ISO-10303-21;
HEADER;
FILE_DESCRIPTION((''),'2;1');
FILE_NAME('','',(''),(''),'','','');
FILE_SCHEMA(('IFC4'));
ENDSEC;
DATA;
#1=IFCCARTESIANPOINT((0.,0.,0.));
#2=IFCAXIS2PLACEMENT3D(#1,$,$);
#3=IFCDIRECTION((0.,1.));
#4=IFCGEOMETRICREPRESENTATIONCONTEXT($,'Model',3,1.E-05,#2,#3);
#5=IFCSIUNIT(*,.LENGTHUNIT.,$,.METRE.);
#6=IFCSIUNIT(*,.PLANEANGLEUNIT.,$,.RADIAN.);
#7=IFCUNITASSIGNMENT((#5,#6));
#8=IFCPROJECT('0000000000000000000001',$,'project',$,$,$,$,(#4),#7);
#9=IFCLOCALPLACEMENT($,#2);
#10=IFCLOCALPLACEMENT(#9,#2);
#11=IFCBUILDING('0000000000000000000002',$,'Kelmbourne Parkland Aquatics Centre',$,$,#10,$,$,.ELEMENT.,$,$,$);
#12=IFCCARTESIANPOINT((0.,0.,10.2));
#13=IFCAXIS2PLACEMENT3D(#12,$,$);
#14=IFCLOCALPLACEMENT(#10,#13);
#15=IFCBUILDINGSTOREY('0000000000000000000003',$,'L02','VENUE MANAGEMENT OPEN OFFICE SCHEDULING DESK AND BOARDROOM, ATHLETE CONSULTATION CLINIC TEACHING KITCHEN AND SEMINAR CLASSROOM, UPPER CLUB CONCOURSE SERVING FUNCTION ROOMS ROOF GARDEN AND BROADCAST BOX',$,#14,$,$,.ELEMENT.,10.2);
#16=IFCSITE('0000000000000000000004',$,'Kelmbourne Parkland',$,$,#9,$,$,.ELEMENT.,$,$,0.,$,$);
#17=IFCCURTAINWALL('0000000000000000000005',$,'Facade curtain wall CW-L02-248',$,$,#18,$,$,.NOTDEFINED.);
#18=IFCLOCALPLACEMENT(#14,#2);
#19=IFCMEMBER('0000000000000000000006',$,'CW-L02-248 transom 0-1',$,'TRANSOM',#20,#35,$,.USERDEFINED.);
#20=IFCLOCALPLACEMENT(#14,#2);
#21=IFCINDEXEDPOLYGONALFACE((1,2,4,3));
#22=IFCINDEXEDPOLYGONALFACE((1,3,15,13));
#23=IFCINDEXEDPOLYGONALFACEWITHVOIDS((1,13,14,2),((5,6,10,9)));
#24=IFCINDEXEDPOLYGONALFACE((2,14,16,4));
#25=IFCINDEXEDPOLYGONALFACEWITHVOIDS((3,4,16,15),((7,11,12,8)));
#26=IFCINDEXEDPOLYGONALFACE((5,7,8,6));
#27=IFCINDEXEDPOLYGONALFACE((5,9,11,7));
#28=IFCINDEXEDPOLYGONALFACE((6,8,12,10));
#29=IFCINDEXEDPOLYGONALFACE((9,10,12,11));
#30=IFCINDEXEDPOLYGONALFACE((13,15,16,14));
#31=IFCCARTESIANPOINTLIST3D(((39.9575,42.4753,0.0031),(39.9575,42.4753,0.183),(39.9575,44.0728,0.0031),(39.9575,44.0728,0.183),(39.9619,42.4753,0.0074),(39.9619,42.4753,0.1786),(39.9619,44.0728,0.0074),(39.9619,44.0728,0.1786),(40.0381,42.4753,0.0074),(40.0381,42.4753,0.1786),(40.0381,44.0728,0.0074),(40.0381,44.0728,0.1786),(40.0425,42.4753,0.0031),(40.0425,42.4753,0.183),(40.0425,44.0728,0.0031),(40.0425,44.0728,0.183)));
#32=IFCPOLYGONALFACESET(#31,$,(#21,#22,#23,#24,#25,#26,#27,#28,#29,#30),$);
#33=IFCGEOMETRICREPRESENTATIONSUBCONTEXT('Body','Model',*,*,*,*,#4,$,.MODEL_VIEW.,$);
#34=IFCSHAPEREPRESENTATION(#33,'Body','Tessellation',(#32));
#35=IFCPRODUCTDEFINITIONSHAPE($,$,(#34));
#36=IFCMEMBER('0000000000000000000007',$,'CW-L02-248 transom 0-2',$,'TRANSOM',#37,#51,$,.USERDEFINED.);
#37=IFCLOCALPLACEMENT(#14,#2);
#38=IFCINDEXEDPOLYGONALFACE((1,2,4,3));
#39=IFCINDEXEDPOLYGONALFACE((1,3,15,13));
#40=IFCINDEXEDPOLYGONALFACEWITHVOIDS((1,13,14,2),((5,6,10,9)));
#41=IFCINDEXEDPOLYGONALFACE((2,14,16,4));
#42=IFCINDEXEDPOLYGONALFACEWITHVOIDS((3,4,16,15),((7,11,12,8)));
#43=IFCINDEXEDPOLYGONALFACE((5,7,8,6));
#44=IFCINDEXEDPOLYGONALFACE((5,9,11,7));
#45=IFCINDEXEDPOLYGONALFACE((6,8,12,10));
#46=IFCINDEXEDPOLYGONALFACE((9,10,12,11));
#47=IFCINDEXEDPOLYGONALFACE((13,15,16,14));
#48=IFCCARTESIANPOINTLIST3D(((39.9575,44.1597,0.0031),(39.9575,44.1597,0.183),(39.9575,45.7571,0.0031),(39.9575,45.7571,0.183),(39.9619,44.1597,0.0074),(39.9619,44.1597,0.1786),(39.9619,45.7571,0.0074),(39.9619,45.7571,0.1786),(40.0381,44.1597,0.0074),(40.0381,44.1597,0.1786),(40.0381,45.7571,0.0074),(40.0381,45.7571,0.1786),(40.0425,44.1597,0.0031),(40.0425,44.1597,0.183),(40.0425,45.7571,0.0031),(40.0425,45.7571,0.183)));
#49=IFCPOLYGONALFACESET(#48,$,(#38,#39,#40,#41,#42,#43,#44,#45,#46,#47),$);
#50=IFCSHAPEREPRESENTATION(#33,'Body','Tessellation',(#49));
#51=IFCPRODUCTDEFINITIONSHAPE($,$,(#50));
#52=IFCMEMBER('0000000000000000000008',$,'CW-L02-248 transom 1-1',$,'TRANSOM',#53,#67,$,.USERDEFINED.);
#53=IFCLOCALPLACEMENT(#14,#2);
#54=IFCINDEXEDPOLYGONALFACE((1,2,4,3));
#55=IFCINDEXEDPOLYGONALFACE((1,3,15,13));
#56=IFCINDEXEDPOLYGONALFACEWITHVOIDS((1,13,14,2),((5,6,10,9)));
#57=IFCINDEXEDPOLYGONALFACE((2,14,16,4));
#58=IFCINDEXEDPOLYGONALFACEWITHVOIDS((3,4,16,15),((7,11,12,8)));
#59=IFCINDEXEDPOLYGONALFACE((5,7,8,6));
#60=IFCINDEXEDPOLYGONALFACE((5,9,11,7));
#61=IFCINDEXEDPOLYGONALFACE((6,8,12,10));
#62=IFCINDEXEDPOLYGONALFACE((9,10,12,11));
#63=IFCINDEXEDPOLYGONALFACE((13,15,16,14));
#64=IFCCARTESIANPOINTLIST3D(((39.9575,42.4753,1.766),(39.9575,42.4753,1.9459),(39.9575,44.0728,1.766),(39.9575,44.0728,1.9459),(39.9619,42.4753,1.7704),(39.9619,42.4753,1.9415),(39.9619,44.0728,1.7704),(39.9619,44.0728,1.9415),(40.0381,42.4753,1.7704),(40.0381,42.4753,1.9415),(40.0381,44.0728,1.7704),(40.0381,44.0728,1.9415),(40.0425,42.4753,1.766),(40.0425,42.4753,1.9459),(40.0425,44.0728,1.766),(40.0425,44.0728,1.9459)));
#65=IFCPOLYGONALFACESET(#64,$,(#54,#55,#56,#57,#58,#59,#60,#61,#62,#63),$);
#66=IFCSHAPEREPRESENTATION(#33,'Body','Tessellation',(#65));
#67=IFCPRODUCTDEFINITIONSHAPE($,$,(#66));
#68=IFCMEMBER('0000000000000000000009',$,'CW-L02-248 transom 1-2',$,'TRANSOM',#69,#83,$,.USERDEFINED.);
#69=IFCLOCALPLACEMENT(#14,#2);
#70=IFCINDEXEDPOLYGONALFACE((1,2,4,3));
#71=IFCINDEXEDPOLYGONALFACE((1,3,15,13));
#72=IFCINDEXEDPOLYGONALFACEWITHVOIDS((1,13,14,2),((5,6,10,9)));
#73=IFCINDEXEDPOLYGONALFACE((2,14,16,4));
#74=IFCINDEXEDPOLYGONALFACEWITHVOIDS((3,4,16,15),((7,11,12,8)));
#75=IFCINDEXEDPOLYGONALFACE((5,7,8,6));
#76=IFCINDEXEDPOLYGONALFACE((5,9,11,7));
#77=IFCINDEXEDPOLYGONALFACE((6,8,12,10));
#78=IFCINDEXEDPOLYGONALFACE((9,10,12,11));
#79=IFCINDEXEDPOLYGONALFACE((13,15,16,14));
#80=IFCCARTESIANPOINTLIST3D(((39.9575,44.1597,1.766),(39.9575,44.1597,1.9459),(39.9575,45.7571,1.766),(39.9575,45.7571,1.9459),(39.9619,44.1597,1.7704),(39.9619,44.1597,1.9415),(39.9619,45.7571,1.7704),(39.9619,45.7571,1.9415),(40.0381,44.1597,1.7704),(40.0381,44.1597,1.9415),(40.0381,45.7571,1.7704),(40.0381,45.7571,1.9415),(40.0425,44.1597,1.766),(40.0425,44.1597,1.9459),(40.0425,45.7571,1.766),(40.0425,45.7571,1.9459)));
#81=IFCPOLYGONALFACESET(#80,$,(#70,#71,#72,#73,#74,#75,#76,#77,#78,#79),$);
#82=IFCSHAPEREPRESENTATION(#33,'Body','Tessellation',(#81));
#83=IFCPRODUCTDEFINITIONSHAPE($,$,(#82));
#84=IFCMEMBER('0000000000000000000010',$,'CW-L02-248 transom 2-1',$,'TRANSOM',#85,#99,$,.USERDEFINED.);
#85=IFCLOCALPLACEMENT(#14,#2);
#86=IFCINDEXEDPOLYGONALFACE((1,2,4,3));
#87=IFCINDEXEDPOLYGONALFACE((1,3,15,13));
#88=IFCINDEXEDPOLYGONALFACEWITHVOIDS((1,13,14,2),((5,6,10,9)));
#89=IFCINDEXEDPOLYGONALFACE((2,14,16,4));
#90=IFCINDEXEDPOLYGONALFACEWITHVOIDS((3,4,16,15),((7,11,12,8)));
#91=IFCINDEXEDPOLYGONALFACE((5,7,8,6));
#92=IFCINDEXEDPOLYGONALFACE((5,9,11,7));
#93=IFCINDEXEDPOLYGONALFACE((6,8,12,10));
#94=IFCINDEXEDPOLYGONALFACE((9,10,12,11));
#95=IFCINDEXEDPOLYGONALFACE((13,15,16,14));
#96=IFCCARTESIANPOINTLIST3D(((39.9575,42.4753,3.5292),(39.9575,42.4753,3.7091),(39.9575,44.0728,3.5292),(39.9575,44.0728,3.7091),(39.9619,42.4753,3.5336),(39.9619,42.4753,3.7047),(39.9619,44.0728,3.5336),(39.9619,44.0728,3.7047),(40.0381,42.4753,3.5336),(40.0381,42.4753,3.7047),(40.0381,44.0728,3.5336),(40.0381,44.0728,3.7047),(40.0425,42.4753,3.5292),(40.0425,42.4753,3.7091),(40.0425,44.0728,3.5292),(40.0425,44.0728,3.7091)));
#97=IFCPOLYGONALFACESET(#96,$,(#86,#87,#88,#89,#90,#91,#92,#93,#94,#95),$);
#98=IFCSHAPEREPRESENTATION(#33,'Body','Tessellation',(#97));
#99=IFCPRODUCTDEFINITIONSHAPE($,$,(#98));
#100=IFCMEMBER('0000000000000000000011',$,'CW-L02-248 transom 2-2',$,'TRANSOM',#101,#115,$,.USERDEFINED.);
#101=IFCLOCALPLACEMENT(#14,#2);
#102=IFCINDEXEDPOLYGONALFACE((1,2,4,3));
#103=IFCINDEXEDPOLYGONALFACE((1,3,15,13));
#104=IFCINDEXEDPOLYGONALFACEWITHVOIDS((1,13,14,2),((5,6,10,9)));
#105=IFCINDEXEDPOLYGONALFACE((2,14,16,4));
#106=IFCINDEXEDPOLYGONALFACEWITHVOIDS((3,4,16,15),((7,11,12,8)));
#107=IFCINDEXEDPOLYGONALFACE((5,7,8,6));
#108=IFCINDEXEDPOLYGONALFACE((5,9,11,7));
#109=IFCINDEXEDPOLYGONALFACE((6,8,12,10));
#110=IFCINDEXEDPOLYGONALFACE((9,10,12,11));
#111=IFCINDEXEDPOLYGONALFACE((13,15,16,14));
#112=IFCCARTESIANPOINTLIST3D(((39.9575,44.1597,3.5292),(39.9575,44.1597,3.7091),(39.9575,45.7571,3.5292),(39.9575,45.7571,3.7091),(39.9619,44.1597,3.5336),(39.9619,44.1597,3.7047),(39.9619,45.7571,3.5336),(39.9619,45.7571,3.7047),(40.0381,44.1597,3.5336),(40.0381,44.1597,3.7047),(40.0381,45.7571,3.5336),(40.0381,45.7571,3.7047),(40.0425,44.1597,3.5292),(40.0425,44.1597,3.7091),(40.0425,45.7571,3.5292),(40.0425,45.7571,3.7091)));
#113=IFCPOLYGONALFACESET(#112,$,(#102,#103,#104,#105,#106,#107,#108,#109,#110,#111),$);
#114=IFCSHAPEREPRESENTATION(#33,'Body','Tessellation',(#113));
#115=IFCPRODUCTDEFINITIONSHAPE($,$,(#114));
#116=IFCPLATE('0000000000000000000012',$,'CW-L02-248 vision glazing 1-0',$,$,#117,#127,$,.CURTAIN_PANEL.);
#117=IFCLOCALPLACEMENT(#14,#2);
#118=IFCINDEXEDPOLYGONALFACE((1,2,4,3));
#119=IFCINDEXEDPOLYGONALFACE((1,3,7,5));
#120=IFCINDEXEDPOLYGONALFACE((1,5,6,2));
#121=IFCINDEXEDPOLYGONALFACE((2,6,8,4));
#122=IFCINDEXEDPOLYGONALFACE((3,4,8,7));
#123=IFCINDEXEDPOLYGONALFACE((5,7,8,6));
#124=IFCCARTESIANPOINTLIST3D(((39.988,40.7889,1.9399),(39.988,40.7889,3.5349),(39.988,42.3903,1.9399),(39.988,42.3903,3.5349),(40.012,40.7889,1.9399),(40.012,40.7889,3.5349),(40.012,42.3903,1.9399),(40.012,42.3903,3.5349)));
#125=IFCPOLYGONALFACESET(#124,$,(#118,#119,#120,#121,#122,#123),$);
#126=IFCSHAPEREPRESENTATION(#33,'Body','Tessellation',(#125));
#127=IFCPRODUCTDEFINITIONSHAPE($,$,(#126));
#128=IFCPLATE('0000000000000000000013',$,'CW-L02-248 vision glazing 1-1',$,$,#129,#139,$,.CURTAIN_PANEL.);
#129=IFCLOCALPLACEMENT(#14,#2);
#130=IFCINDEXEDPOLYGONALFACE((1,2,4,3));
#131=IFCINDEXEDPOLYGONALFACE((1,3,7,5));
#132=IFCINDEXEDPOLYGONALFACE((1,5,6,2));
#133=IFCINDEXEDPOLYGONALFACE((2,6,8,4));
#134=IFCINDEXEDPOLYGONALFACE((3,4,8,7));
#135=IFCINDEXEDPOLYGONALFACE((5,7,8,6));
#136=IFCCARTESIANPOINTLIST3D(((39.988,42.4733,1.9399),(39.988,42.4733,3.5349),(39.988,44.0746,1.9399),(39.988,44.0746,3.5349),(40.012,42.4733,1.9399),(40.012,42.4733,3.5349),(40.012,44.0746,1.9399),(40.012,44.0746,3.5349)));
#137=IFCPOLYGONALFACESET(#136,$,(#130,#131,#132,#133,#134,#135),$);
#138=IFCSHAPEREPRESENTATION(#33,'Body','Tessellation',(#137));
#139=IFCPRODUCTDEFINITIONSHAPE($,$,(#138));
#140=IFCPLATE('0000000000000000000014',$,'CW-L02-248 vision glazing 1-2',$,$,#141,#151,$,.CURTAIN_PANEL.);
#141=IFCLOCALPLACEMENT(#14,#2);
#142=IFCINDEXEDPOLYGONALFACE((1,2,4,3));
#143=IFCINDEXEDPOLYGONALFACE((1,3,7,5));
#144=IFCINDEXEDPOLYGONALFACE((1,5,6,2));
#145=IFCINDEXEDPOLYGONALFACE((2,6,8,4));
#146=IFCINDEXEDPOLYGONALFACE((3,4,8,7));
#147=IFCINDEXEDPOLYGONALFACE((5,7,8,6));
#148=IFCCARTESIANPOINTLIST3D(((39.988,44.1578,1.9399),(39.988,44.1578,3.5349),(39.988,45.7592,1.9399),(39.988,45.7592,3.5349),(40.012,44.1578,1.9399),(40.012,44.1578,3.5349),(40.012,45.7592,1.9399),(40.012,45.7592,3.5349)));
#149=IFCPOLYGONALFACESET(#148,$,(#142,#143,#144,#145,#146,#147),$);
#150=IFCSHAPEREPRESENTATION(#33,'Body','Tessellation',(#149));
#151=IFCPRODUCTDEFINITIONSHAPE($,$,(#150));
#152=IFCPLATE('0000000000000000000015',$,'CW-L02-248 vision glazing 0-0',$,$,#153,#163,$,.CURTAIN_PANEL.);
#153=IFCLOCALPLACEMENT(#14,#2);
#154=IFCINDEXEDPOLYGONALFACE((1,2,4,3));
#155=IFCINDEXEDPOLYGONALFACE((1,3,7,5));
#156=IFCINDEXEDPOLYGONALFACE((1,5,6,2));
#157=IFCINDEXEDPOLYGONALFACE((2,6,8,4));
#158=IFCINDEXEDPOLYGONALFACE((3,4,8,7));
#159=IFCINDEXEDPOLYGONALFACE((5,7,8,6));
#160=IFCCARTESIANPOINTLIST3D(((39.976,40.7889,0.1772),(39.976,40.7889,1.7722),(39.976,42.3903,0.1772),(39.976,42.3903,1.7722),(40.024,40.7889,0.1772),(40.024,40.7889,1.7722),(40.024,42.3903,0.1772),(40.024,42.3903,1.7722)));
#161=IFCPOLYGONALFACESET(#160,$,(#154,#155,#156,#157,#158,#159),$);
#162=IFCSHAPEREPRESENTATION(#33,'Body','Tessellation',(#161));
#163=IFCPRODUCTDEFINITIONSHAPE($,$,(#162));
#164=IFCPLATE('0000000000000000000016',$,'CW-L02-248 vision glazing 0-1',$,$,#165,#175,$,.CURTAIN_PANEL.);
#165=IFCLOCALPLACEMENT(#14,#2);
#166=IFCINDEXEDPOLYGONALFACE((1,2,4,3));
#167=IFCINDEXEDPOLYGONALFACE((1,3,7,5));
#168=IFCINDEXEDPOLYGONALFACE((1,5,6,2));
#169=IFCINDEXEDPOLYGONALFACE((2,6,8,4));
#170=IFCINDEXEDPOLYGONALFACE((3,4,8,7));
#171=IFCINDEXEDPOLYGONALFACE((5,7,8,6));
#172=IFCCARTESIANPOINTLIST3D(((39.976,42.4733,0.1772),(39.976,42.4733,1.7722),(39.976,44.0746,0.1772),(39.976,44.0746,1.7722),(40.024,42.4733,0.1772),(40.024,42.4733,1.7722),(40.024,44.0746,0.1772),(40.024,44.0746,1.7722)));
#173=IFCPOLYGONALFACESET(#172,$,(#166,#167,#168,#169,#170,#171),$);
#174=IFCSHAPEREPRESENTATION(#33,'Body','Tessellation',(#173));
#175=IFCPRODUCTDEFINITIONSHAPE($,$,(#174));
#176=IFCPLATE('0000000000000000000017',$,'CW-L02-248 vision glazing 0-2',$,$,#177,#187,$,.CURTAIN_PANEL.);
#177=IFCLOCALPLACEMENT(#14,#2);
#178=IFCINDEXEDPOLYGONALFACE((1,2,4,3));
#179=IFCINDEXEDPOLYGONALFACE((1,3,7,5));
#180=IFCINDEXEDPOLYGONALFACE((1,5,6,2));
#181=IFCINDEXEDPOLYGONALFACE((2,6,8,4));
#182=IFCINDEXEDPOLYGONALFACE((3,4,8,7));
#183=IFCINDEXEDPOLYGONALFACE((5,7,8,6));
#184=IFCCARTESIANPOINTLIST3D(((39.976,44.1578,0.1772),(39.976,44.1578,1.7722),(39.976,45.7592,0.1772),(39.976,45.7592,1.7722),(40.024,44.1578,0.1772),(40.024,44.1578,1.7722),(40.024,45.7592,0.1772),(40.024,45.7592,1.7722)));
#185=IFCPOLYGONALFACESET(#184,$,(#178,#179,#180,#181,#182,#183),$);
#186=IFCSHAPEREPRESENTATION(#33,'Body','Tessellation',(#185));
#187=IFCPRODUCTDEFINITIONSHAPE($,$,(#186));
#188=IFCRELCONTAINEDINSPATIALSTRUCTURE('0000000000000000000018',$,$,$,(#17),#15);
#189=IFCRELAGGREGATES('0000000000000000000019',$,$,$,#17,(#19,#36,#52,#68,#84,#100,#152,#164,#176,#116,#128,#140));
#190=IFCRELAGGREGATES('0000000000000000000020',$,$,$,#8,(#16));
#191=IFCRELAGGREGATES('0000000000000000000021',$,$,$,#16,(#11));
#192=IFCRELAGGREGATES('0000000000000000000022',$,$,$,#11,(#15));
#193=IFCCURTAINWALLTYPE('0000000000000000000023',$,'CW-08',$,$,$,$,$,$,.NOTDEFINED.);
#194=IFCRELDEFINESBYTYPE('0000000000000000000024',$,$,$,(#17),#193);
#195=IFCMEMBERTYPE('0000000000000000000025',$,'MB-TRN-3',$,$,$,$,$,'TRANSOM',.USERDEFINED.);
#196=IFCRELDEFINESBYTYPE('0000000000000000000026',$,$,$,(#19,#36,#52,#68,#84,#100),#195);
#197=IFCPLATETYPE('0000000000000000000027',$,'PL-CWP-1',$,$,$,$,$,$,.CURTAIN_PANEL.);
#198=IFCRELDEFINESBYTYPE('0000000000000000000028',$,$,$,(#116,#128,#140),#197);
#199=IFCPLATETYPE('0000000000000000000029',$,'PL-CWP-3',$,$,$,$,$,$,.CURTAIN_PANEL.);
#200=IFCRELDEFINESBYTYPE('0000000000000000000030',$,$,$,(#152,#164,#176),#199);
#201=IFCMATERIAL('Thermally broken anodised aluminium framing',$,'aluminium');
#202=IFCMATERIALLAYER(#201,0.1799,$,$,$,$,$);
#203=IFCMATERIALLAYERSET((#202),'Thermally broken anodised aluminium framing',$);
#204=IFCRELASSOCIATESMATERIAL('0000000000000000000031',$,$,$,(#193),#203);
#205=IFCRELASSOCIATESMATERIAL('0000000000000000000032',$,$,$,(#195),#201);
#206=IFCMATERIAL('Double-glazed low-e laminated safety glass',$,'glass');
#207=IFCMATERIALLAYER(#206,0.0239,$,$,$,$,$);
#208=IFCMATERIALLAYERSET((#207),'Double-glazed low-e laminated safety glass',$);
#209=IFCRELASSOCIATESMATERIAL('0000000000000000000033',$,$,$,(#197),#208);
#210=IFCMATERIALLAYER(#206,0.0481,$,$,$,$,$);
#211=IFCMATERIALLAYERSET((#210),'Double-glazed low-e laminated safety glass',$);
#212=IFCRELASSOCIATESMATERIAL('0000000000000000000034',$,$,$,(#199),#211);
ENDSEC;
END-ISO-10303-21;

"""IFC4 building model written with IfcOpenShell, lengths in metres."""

from ifc_helpers import new_model, si_unit, direction, frame, origin, origin_2d, place, context, subcontext, project, spatial, rectangle, hollow_rectangle, extrude, material, layer, layer_set, material_profile, profile_set, type_object, element, aggregate, save


model = new_model("IFC4")

# Units and contexts
model_context = context("Model", 3, precision=1e-05, world=origin(), true_north=direction((0.0, 1.0)))
body_context = subcontext(model_context, "Body", "Model", "MODEL_VIEW")
ifc_project = project(units=[si_unit("LENGTHUNIT", "METRE"), si_unit("PLANEANGLEUNIT", "RADIAN")], contexts=[model_context])

# Site, building, storey
site_placement = place(None, origin())
site = spatial("IfcSite", under=ifc_project, at=site_placement, Name="Kelmbourne Parkland", CompositionType="ELEMENT", RefElevation=0.0)
building_placement = place(site_placement, origin())
building = spatial("IfcBuilding", under=site, at=building_placement, Name="Kelmbourne Parkland Aquatics Centre", CompositionType="ELEMENT")
storey_placement = place(building_placement, frame((0.0, 0.0, 10.2)))
storey = spatial("IfcBuildingStorey", under=building, at=storey_placement, Name="L02", Description="VENUE MANAGEMENT OPEN OFFICE SCHEDULING DESK AND BOARDROOM, ATHLETE CONSULTATION CLINIC TEACHING KITCHEN AND SEMINAR CLASSROOM, UPPER CLUB CONCOURSE SERVING FUNCTION ROOMS ROOF GARDEN AND BROADCAST BOX", CompositionType="ELEMENT", Elevation=10.2)

# Curtain wall, members, plates
ifc_material_1 = material(Name="Thermally broken anodised aluminium framing", Category="aluminium")
ifc_layer_1 = layer(ifc_material_1, 0.1799)
ifc_layer_set_1 = layer_set([ifc_layer_1], Name="Thermally broken anodised aluminium framing")
curtain_wall_type = type_object("IfcCurtainWallType", Name="CW-08", PredefinedType="NOTDEFINED", material=ifc_layer_set_1)
curtain_wall_placement = place(storey_placement, origin())
curtain_wall = element("IfcCurtainWall", 1, at=curtain_wall_placement, inside=storey, type_object=curtain_wall_type, Name="Facade curtain wall CW-L02-248", PredefinedType="NOTDEFINED")
ifc_material_profile_1 = material_profile(ifc_material_1, hollow_rectangle(XDim=0.085, YDim=0.1799, WallThickness=0.0044, at=origin_2d()), Name="CW-T 85x180")
ifc_profile_set_1 = profile_set([ifc_material_profile_1], Name="Thermally broken anodised aluminium framing")
member_type_1 = type_object("IfcMemberType", Name="MB-TRN-3", ElementType="TRANSOM", PredefinedType="USERDEFINED", material=ifc_profile_set_1)
member_1_placement = place(storey_placement, frame((40.0, 42.4753, 0.093), z_axis=(0.0, 1.0, 0.0), x_axis=(-1.0, 0.0, 0.0)))
member_1 = element("IfcMember", 2, at=member_1_placement, type_object=member_type_1, Name="CW-L02-248 transom 0-1", ObjectType="TRANSOM", PredefinedType="USERDEFINED", context=body_context, shape_type="SweptSolid", body=[
    extrude(hollow_rectangle(XDim=0.085, YDim=0.1799, WallThickness=0.0044, at=origin_2d()), origin(), (0.0, 0.0, 1.0), 1.5974),
])
member_2_placement = place(storey_placement, frame((40.0, 44.1597, 0.093), z_axis=(0.0, 1.0, 0.0), x_axis=(-1.0, 0.0, 0.0)))
member_2 = element("IfcMember", 3, at=member_2_placement, type_object=member_type_1, Name="CW-L02-248 transom 0-2", ObjectType="TRANSOM", PredefinedType="USERDEFINED", context=body_context, shape_type="SweptSolid", body=[
    extrude(hollow_rectangle(XDim=0.085, YDim=0.1799, WallThickness=0.0044, at=origin_2d()), origin(), (0.0, 0.0, 1.0), 1.5974),
])
member_3_placement = place(storey_placement, frame((40.0, 42.4753, 1.856), z_axis=(0.0, 1.0, 0.0), x_axis=(-1.0, 0.0, 0.0)))
member_3 = element("IfcMember", 4, at=member_3_placement, type_object=member_type_1, Name="CW-L02-248 transom 1-1", ObjectType="TRANSOM", PredefinedType="USERDEFINED", context=body_context, shape_type="SweptSolid", body=[
    extrude(hollow_rectangle(XDim=0.085, YDim=0.1799, WallThickness=0.0044, at=origin_2d()), origin(), (0.0, 0.0, 1.0), 1.5974),
])
member_4_placement = place(storey_placement, frame((40.0, 44.1597, 1.856), z_axis=(0.0, 1.0, 0.0), x_axis=(-1.0, 0.0, 0.0)))
member_4 = element("IfcMember", 5, at=member_4_placement, type_object=member_type_1, Name="CW-L02-248 transom 1-2", ObjectType="TRANSOM", PredefinedType="USERDEFINED", context=body_context, shape_type="SweptSolid", body=[
    extrude(hollow_rectangle(XDim=0.085, YDim=0.1799, WallThickness=0.0044, at=origin_2d()), origin(), (0.0, 0.0, 1.0), 1.5974),
])
member_5_placement = place(storey_placement, frame((40.0, 42.4753, 3.6191), z_axis=(0.0, 1.0, 0.0), x_axis=(-1.0, 0.0, 0.0)))
member_5 = element("IfcMember", 6, at=member_5_placement, type_object=member_type_1, Name="CW-L02-248 transom 2-1", ObjectType="TRANSOM", PredefinedType="USERDEFINED", context=body_context, shape_type="SweptSolid", body=[
    extrude(hollow_rectangle(XDim=0.085, YDim=0.1799, WallThickness=0.0044, at=origin_2d()), origin(), (0.0, 0.0, 1.0), 1.5974),
])
member_6_placement = place(storey_placement, frame((40.0, 44.1597, 3.6191), z_axis=(0.0, 1.0, 0.0), x_axis=(-1.0, 0.0, 0.0)))
member_6 = element("IfcMember", 7, at=member_6_placement, type_object=member_type_1, Name="CW-L02-248 transom 2-2", ObjectType="TRANSOM", PredefinedType="USERDEFINED", context=body_context, shape_type="SweptSolid", body=[
    extrude(hollow_rectangle(XDim=0.085, YDim=0.1799, WallThickness=0.0044, at=origin_2d()), origin(), (0.0, 0.0, 1.0), 1.5974),
])
ifc_material_2 = material(Name="Double-glazed low-e laminated safety glass", Category="glass")
ifc_layer_2 = layer(ifc_material_2, 0.0239)
ifc_layer_set_2 = layer_set([ifc_layer_2], Name="Double-glazed low-e laminated safety glass")
plate_type_1 = type_object("IfcPlateType", Name="PL-CWP-1", PredefinedType="CURTAIN_PANEL", material=ifc_layer_set_2)
plate_1_placement = place(storey_placement, frame((40.0, 41.5896, 1.9399), z_axis=(0.0, 0.0, 1.0), x_axis=(0.0, 1.0, 0.0)))
plate_1 = element("IfcPlate", 8, at=plate_1_placement, type_object=plate_type_1, Name="CW-L02-248 vision glazing 1-0", PredefinedType="CURTAIN_PANEL", context=body_context, shape_type="SweptSolid", body=[
    extrude(rectangle(XDim=1.6013, YDim=0.0239, at=origin_2d()), origin(), (0.0, 0.0, 1.0), 1.595),
])
plate_2_placement = place(storey_placement, frame((40.0, 43.2739, 1.9399), z_axis=(0.0, 0.0, 1.0), x_axis=(0.0, 1.0, 0.0)))
plate_2 = element("IfcPlate", 9, at=plate_2_placement, type_object=plate_type_1, Name="CW-L02-248 vision glazing 1-1", PredefinedType="CURTAIN_PANEL", context=body_context, shape_type="SweptSolid", body=[
    extrude(rectangle(XDim=1.6013, YDim=0.0239, at=origin_2d()), origin(), (0.0, 0.0, 1.0), 1.595),
])
plate_3_placement = place(storey_placement, frame((40.0, 44.9585, 1.9399), z_axis=(0.0, 0.0, 1.0), x_axis=(0.0, 1.0, 0.0)))
plate_3 = element("IfcPlate", 10, at=plate_3_placement, type_object=plate_type_1, Name="CW-L02-248 vision glazing 1-2", PredefinedType="CURTAIN_PANEL", context=body_context, shape_type="SweptSolid", body=[
    extrude(rectangle(XDim=1.6013, YDim=0.0239, at=origin_2d()), origin(), (0.0, 0.0, 1.0), 1.595),
])
ifc_layer_3 = layer(ifc_material_2, 0.0481)
ifc_layer_set_3 = layer_set([ifc_layer_3], Name="Double-glazed low-e laminated safety glass")
plate_type_2 = type_object("IfcPlateType", Name="PL-CWP-3", PredefinedType="CURTAIN_PANEL", material=ifc_layer_set_3)
plate_4_placement = place(storey_placement, frame((40.0, 41.5896, 0.1772), z_axis=(0.0, 0.0, 1.0), x_axis=(0.0, 1.0, 0.0)))
plate_4 = element("IfcPlate", 11, at=plate_4_placement, type_object=plate_type_2, Name="CW-L02-248 vision glazing 0-0", PredefinedType="CURTAIN_PANEL", context=body_context, shape_type="SweptSolid", body=[
    extrude(rectangle(XDim=1.6013, YDim=0.0481, at=origin_2d()), origin(), (0.0, 0.0, 1.0), 1.595),
])
plate_5_placement = place(storey_placement, frame((40.0, 43.2739, 0.1772), z_axis=(0.0, 0.0, 1.0), x_axis=(0.0, 1.0, 0.0)))
plate_5 = element("IfcPlate", 12, at=plate_5_placement, type_object=plate_type_2, Name="CW-L02-248 vision glazing 0-1", PredefinedType="CURTAIN_PANEL", context=body_context, shape_type="SweptSolid", body=[
    extrude(rectangle(XDim=1.6013, YDim=0.0481, at=origin_2d()), origin(), (0.0, 0.0, 1.0), 1.595),
])
plate_6_placement = place(storey_placement, frame((40.0, 44.9585, 0.1772), z_axis=(0.0, 0.0, 1.0), x_axis=(0.0, 1.0, 0.0)))
plate_6 = element("IfcPlate", 13, at=plate_6_placement, type_object=plate_type_2, Name="CW-L02-248 vision glazing 0-2", PredefinedType="CURTAIN_PANEL", context=body_context, shape_type="SweptSolid", body=[
    extrude(rectangle(XDim=1.6013, YDim=0.0481, at=origin_2d()), origin(), (0.0, 0.0, 1.0), 1.595),
])
aggregate(curtain_wall, [member_1, member_2, member_3, member_4, member_5, member_6, plate_4, plate_5, plate_6, plate_1, plate_2, plate_3])

save(model, "model.ifc")
